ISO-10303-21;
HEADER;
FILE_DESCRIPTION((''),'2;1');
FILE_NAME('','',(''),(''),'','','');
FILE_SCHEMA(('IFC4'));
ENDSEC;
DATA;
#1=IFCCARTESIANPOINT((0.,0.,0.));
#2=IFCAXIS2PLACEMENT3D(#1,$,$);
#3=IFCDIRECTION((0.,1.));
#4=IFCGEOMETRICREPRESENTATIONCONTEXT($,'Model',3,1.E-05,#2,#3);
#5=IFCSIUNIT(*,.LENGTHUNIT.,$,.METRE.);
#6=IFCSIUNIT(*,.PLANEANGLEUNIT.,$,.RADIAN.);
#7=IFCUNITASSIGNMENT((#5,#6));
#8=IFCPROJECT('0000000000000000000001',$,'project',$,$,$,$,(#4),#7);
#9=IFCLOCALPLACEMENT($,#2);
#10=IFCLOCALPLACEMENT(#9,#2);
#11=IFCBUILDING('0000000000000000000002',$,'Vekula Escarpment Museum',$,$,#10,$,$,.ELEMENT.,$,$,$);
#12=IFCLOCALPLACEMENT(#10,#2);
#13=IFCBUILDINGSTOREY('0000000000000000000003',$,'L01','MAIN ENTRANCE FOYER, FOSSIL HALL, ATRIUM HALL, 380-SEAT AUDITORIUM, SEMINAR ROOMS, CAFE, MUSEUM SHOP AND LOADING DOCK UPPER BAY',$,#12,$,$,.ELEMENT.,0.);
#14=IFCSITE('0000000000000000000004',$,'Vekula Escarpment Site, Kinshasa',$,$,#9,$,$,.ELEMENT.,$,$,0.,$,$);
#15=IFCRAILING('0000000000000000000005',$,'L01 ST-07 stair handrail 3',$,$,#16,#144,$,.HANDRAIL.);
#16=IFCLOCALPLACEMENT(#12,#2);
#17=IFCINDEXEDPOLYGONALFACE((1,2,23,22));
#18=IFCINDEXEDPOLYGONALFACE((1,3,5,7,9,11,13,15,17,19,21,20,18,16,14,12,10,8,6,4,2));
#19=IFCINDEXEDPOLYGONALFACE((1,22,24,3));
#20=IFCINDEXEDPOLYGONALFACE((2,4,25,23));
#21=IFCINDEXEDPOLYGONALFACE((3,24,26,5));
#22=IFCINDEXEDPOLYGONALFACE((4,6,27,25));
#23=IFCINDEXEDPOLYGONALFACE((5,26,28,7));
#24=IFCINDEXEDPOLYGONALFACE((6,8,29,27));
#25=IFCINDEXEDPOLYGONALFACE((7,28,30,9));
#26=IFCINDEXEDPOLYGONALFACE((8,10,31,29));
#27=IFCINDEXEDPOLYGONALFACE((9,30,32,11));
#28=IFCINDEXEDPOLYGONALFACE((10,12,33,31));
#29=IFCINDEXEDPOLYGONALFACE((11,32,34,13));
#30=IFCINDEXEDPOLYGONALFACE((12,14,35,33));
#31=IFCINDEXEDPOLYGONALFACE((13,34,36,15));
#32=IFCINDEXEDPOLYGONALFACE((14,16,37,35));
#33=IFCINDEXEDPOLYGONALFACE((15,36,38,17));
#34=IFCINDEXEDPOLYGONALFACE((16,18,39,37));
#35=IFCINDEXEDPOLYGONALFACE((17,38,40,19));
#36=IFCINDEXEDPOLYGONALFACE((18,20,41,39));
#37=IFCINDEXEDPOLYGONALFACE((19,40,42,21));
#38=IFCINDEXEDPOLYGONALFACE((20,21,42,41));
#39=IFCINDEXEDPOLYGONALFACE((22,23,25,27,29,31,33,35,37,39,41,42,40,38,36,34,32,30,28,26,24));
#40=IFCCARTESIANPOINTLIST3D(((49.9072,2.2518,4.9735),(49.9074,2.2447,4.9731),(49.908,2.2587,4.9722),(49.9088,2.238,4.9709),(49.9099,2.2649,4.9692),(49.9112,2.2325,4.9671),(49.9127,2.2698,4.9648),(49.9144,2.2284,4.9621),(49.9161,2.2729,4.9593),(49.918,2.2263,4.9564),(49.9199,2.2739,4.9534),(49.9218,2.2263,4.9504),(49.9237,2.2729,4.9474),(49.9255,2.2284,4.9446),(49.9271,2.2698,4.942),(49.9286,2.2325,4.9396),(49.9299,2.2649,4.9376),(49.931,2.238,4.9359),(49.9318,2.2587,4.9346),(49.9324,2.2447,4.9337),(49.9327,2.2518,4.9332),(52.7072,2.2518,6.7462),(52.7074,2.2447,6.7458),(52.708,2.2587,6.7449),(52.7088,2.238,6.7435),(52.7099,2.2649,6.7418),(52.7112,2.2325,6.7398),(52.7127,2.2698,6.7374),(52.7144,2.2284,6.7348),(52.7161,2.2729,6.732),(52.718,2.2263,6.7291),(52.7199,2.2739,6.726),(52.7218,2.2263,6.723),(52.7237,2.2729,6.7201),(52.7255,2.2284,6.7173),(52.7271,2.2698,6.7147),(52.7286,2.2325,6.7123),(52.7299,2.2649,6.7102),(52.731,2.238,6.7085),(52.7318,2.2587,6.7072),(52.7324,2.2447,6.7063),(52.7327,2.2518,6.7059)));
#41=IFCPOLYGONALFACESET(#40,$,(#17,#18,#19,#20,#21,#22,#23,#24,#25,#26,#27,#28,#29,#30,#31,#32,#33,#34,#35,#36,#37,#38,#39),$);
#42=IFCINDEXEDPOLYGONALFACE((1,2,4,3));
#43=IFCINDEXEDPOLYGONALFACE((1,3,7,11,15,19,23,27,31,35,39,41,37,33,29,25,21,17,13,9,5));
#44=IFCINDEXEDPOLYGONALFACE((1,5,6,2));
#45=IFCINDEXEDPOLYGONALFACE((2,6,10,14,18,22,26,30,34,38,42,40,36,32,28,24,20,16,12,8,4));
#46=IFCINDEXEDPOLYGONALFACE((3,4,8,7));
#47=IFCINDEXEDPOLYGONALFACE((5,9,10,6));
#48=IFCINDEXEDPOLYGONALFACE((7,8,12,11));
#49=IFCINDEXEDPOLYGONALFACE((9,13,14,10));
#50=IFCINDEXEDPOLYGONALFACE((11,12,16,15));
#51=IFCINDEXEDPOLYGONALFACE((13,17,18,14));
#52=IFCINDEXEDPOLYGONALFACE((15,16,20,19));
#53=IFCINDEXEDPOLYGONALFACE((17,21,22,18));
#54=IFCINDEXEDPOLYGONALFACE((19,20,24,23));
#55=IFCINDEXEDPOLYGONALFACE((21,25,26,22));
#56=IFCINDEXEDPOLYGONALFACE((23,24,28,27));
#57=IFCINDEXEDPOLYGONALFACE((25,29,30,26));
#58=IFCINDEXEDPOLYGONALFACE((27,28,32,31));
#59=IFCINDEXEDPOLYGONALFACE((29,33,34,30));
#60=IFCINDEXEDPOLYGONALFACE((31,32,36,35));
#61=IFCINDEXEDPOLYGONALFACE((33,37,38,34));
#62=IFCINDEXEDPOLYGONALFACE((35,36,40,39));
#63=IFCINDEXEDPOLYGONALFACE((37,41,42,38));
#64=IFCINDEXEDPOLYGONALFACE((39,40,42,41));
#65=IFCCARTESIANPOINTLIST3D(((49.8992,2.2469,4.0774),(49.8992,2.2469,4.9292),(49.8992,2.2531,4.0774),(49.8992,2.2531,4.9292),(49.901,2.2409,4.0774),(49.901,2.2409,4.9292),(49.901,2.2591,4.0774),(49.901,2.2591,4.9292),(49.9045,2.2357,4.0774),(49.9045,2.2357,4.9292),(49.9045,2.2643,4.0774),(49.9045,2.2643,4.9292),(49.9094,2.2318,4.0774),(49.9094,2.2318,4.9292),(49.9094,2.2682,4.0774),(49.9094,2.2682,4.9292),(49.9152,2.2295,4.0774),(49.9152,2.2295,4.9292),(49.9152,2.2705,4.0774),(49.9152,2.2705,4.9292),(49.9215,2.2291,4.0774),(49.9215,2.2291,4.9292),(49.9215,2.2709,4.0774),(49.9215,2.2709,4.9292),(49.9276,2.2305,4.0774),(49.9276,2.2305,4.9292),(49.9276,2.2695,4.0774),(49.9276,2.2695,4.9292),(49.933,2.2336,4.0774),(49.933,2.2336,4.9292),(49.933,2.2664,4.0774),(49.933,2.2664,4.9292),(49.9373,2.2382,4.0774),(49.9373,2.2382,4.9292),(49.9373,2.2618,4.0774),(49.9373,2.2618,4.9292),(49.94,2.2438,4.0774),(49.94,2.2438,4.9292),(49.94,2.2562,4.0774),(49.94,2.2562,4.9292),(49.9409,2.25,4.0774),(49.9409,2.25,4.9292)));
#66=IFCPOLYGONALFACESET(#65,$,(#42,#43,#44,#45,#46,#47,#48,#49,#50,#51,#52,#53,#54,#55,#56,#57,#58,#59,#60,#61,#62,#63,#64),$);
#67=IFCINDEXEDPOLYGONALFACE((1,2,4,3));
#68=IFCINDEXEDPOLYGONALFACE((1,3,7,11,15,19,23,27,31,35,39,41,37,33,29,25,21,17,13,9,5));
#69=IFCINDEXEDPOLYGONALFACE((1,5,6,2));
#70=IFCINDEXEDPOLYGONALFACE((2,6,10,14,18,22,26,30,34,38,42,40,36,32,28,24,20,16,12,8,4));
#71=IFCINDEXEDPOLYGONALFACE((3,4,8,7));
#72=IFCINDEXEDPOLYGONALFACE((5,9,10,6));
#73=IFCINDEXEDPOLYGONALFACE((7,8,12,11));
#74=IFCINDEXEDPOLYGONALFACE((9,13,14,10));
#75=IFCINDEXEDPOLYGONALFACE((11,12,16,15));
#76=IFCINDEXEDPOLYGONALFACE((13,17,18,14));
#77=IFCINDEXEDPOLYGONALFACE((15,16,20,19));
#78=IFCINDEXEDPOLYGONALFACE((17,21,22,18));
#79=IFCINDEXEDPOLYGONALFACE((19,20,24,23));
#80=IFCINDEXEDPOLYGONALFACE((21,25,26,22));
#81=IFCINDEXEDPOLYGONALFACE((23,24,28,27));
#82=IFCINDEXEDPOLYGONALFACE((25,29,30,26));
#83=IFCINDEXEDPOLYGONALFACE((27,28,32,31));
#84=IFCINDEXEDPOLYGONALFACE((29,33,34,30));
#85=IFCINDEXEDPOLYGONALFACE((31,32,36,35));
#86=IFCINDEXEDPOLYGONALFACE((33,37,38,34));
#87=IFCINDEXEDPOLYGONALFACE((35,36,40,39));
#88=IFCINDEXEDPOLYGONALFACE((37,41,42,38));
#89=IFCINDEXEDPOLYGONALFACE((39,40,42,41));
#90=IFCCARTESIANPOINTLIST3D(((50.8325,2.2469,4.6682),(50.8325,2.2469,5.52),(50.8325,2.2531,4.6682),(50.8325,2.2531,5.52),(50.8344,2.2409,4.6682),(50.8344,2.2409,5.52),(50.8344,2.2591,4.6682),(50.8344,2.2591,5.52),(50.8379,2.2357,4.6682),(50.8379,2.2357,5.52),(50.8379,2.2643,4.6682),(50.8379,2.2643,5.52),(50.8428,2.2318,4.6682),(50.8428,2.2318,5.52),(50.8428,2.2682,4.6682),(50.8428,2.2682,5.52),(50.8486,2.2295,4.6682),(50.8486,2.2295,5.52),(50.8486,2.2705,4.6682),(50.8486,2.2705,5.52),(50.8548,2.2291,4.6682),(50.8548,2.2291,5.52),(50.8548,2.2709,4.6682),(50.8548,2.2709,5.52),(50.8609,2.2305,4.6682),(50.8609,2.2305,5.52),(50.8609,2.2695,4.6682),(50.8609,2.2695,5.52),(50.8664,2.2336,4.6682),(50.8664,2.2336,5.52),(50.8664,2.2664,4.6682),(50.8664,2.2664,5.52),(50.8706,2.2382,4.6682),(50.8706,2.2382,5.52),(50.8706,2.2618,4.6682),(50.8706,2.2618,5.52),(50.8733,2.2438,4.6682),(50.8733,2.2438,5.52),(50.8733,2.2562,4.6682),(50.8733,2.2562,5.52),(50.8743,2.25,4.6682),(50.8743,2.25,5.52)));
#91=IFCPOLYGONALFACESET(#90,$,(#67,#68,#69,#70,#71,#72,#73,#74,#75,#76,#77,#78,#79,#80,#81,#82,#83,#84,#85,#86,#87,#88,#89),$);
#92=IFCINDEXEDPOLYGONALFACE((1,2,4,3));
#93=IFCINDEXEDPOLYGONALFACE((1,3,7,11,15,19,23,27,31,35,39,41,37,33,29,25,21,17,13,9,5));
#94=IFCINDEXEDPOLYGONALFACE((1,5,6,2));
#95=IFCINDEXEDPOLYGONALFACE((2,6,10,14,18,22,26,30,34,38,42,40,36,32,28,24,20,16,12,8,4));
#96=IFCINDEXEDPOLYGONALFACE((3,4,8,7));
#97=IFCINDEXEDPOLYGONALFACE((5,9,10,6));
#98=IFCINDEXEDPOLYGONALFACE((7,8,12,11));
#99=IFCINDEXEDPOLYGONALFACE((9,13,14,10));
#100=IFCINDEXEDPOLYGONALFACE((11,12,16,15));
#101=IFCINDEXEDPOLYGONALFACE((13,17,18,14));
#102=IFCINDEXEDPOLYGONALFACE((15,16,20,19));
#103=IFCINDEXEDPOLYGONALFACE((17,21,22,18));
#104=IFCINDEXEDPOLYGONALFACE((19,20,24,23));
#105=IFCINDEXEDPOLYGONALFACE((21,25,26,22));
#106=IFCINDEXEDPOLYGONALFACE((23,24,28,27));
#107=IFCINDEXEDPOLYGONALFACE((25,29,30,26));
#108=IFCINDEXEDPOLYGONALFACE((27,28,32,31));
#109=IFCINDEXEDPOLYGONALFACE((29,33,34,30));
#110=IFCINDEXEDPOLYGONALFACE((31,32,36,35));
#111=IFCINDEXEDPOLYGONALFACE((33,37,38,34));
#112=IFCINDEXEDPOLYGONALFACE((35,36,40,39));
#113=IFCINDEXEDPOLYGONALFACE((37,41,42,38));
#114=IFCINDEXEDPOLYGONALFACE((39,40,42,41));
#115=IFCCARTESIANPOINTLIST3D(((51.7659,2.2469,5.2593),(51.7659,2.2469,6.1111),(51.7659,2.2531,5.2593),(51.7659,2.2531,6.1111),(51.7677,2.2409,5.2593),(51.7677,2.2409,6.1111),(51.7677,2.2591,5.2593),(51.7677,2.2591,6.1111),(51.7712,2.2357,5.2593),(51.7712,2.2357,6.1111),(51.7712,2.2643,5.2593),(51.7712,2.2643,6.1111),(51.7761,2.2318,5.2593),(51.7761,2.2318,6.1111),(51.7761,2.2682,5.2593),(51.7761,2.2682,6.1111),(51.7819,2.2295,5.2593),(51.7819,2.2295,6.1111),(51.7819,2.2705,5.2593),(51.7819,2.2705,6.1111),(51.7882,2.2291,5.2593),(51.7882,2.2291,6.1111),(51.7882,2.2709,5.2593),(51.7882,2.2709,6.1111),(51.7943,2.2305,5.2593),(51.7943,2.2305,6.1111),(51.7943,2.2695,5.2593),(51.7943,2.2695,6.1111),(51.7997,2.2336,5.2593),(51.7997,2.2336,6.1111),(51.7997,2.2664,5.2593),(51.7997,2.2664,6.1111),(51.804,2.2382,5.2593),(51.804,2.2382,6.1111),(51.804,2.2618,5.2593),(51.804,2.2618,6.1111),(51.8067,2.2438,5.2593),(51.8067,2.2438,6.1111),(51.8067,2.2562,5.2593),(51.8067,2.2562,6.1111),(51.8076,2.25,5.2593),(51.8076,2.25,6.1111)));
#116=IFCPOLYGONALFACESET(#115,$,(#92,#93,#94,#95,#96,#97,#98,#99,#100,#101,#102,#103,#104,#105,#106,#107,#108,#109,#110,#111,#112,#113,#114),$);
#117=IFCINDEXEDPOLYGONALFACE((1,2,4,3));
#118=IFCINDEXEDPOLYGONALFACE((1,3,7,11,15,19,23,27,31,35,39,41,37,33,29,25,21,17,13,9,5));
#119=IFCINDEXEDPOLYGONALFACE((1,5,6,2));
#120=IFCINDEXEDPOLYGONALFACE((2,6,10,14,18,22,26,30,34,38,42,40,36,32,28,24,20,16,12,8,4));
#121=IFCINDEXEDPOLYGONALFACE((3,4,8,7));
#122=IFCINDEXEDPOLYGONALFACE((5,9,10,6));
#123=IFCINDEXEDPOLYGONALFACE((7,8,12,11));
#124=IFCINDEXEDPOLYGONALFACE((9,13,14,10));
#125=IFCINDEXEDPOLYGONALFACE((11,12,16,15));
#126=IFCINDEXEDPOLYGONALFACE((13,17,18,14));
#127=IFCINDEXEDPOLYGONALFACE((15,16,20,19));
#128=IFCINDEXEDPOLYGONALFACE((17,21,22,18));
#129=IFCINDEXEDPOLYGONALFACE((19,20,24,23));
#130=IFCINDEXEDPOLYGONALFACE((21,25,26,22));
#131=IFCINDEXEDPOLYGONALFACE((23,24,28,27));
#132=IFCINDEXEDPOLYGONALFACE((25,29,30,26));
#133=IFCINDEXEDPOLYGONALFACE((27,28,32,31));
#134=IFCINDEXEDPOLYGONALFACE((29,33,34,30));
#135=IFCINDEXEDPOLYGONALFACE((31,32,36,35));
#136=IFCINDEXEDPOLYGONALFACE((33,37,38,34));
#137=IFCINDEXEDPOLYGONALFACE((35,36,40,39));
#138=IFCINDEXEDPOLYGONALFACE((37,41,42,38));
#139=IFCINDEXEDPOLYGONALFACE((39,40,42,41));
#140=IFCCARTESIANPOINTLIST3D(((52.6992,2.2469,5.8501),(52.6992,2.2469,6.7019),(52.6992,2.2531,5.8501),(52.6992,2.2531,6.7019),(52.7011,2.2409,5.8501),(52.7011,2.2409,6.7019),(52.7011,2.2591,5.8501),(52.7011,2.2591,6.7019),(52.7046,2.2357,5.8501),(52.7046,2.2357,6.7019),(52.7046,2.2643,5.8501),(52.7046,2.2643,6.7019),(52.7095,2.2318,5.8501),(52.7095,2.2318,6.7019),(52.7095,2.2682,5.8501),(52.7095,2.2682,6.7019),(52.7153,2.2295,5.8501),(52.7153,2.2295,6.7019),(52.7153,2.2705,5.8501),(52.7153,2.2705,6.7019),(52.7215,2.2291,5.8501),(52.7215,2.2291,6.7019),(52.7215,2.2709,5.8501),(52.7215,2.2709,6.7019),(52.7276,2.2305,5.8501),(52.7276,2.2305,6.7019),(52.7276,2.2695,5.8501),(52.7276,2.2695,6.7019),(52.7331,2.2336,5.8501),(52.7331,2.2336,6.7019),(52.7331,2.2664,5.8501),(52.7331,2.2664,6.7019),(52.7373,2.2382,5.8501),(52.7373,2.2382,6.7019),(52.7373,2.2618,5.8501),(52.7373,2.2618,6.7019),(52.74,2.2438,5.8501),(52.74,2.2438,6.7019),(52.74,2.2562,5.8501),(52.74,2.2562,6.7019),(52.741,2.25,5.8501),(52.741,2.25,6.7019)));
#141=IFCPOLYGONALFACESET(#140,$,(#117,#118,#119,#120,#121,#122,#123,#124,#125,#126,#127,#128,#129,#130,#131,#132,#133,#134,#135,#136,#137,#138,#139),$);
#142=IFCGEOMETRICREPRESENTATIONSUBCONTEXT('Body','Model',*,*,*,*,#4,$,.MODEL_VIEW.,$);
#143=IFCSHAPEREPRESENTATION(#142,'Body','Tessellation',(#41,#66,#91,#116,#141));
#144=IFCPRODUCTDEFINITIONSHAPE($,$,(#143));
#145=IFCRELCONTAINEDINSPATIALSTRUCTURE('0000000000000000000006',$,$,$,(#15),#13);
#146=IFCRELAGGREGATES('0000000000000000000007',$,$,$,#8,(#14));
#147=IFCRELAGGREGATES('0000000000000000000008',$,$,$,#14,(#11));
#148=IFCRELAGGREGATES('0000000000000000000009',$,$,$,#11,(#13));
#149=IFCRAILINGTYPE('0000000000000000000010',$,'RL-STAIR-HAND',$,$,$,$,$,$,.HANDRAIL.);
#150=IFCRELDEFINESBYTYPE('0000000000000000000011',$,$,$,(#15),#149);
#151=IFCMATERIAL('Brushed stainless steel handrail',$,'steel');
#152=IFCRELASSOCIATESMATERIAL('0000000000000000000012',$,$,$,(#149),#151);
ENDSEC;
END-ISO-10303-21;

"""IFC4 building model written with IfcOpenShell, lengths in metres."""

from ifc_helpers import new_model, si_unit, direction, frame, origin, origin_2d, place, context, subcontext, project, spatial, circle, extrude, material, type_object, element, save


model = new_model("IFC4")

# Units and contexts
model_context = context("Model", 3, precision=1e-05, world=origin(), true_north=direction((0.0, 1.0)))
body_context = subcontext(model_context, "Body", "Model", "MODEL_VIEW")
ifc_project = project(units=[si_unit("LENGTHUNIT", "METRE"), si_unit("PLANEANGLEUNIT", "RADIAN")], contexts=[model_context])

# Site, building, storey
site_placement = place(None, origin())
site = spatial("IfcSite", under=ifc_project, at=site_placement, Name="Vekula Escarpment Site, Kinshasa", CompositionType="ELEMENT", RefElevation=0.0)
building_placement = place(site_placement, origin())
building = spatial("IfcBuilding", under=site, at=building_placement, Name="Vekula Escarpment Museum", CompositionType="ELEMENT")
storey_placement = place(building_placement, origin())
storey = spatial("IfcBuildingStorey", under=building, at=storey_placement, Name="L01", Description="MAIN ENTRANCE FOYER, FOSSIL HALL, ATRIUM HALL, 380-SEAT AUDITORIUM, SEMINAR ROOMS, CAFE, MUSEUM SHOP AND LOADING DOCK UPPER BAY", CompositionType="ELEMENT", Elevation=0.0)

# Railing
ifc_material_1 = material(Name="Brushed stainless steel handrail", Category="steel")
railing_type_1 = type_object("IfcRailingType", Name="RL-STAIR-HAND", PredefinedType="HANDRAIL", material=ifc_material_1)
for number, where, name in (
    (1, (49.9199, 2.25, 4.0774), "L01 ST-07 stair handrail 3"),
):
    element("IfcRailing", number, at=place(storey_placement, frame(where)), inside=storey, type_object=railing_type_1, Name=name, PredefinedType="HANDRAIL", context=body_context, shape_type="SweptSolid", body=[
        extrude(circle(Radius=0.0239, at=origin_2d()), frame((0.0, 0.0, 0.876), z_axis=(0.844909, 0.0, 0.53491), x_axis=(0.0, 1.0, 0.0)), (0.0, 0.0, 1.0), 3.314),
        extrude(circle(Radius=0.021, at=origin_2d()), origin(), (0.0, 0.0, 1.0), 0.8518),
        extrude(circle(Radius=0.021, at=origin_2d()), frame((0.9333, 0.0, 0.5908)), (0.0, 0.0, 1.0), 0.8518),
        extrude(circle(Radius=0.021, at=origin_2d()), frame((1.8667, 0.0, 1.1819)), (0.0, 0.0, 1.0), 0.8518),
        extrude(circle(Radius=0.021, at=origin_2d()), frame((2.8, 0.0, 1.7727)), (0.0, 0.0, 1.0), 0.8518),
    ])

save(model, "model.ifc")
